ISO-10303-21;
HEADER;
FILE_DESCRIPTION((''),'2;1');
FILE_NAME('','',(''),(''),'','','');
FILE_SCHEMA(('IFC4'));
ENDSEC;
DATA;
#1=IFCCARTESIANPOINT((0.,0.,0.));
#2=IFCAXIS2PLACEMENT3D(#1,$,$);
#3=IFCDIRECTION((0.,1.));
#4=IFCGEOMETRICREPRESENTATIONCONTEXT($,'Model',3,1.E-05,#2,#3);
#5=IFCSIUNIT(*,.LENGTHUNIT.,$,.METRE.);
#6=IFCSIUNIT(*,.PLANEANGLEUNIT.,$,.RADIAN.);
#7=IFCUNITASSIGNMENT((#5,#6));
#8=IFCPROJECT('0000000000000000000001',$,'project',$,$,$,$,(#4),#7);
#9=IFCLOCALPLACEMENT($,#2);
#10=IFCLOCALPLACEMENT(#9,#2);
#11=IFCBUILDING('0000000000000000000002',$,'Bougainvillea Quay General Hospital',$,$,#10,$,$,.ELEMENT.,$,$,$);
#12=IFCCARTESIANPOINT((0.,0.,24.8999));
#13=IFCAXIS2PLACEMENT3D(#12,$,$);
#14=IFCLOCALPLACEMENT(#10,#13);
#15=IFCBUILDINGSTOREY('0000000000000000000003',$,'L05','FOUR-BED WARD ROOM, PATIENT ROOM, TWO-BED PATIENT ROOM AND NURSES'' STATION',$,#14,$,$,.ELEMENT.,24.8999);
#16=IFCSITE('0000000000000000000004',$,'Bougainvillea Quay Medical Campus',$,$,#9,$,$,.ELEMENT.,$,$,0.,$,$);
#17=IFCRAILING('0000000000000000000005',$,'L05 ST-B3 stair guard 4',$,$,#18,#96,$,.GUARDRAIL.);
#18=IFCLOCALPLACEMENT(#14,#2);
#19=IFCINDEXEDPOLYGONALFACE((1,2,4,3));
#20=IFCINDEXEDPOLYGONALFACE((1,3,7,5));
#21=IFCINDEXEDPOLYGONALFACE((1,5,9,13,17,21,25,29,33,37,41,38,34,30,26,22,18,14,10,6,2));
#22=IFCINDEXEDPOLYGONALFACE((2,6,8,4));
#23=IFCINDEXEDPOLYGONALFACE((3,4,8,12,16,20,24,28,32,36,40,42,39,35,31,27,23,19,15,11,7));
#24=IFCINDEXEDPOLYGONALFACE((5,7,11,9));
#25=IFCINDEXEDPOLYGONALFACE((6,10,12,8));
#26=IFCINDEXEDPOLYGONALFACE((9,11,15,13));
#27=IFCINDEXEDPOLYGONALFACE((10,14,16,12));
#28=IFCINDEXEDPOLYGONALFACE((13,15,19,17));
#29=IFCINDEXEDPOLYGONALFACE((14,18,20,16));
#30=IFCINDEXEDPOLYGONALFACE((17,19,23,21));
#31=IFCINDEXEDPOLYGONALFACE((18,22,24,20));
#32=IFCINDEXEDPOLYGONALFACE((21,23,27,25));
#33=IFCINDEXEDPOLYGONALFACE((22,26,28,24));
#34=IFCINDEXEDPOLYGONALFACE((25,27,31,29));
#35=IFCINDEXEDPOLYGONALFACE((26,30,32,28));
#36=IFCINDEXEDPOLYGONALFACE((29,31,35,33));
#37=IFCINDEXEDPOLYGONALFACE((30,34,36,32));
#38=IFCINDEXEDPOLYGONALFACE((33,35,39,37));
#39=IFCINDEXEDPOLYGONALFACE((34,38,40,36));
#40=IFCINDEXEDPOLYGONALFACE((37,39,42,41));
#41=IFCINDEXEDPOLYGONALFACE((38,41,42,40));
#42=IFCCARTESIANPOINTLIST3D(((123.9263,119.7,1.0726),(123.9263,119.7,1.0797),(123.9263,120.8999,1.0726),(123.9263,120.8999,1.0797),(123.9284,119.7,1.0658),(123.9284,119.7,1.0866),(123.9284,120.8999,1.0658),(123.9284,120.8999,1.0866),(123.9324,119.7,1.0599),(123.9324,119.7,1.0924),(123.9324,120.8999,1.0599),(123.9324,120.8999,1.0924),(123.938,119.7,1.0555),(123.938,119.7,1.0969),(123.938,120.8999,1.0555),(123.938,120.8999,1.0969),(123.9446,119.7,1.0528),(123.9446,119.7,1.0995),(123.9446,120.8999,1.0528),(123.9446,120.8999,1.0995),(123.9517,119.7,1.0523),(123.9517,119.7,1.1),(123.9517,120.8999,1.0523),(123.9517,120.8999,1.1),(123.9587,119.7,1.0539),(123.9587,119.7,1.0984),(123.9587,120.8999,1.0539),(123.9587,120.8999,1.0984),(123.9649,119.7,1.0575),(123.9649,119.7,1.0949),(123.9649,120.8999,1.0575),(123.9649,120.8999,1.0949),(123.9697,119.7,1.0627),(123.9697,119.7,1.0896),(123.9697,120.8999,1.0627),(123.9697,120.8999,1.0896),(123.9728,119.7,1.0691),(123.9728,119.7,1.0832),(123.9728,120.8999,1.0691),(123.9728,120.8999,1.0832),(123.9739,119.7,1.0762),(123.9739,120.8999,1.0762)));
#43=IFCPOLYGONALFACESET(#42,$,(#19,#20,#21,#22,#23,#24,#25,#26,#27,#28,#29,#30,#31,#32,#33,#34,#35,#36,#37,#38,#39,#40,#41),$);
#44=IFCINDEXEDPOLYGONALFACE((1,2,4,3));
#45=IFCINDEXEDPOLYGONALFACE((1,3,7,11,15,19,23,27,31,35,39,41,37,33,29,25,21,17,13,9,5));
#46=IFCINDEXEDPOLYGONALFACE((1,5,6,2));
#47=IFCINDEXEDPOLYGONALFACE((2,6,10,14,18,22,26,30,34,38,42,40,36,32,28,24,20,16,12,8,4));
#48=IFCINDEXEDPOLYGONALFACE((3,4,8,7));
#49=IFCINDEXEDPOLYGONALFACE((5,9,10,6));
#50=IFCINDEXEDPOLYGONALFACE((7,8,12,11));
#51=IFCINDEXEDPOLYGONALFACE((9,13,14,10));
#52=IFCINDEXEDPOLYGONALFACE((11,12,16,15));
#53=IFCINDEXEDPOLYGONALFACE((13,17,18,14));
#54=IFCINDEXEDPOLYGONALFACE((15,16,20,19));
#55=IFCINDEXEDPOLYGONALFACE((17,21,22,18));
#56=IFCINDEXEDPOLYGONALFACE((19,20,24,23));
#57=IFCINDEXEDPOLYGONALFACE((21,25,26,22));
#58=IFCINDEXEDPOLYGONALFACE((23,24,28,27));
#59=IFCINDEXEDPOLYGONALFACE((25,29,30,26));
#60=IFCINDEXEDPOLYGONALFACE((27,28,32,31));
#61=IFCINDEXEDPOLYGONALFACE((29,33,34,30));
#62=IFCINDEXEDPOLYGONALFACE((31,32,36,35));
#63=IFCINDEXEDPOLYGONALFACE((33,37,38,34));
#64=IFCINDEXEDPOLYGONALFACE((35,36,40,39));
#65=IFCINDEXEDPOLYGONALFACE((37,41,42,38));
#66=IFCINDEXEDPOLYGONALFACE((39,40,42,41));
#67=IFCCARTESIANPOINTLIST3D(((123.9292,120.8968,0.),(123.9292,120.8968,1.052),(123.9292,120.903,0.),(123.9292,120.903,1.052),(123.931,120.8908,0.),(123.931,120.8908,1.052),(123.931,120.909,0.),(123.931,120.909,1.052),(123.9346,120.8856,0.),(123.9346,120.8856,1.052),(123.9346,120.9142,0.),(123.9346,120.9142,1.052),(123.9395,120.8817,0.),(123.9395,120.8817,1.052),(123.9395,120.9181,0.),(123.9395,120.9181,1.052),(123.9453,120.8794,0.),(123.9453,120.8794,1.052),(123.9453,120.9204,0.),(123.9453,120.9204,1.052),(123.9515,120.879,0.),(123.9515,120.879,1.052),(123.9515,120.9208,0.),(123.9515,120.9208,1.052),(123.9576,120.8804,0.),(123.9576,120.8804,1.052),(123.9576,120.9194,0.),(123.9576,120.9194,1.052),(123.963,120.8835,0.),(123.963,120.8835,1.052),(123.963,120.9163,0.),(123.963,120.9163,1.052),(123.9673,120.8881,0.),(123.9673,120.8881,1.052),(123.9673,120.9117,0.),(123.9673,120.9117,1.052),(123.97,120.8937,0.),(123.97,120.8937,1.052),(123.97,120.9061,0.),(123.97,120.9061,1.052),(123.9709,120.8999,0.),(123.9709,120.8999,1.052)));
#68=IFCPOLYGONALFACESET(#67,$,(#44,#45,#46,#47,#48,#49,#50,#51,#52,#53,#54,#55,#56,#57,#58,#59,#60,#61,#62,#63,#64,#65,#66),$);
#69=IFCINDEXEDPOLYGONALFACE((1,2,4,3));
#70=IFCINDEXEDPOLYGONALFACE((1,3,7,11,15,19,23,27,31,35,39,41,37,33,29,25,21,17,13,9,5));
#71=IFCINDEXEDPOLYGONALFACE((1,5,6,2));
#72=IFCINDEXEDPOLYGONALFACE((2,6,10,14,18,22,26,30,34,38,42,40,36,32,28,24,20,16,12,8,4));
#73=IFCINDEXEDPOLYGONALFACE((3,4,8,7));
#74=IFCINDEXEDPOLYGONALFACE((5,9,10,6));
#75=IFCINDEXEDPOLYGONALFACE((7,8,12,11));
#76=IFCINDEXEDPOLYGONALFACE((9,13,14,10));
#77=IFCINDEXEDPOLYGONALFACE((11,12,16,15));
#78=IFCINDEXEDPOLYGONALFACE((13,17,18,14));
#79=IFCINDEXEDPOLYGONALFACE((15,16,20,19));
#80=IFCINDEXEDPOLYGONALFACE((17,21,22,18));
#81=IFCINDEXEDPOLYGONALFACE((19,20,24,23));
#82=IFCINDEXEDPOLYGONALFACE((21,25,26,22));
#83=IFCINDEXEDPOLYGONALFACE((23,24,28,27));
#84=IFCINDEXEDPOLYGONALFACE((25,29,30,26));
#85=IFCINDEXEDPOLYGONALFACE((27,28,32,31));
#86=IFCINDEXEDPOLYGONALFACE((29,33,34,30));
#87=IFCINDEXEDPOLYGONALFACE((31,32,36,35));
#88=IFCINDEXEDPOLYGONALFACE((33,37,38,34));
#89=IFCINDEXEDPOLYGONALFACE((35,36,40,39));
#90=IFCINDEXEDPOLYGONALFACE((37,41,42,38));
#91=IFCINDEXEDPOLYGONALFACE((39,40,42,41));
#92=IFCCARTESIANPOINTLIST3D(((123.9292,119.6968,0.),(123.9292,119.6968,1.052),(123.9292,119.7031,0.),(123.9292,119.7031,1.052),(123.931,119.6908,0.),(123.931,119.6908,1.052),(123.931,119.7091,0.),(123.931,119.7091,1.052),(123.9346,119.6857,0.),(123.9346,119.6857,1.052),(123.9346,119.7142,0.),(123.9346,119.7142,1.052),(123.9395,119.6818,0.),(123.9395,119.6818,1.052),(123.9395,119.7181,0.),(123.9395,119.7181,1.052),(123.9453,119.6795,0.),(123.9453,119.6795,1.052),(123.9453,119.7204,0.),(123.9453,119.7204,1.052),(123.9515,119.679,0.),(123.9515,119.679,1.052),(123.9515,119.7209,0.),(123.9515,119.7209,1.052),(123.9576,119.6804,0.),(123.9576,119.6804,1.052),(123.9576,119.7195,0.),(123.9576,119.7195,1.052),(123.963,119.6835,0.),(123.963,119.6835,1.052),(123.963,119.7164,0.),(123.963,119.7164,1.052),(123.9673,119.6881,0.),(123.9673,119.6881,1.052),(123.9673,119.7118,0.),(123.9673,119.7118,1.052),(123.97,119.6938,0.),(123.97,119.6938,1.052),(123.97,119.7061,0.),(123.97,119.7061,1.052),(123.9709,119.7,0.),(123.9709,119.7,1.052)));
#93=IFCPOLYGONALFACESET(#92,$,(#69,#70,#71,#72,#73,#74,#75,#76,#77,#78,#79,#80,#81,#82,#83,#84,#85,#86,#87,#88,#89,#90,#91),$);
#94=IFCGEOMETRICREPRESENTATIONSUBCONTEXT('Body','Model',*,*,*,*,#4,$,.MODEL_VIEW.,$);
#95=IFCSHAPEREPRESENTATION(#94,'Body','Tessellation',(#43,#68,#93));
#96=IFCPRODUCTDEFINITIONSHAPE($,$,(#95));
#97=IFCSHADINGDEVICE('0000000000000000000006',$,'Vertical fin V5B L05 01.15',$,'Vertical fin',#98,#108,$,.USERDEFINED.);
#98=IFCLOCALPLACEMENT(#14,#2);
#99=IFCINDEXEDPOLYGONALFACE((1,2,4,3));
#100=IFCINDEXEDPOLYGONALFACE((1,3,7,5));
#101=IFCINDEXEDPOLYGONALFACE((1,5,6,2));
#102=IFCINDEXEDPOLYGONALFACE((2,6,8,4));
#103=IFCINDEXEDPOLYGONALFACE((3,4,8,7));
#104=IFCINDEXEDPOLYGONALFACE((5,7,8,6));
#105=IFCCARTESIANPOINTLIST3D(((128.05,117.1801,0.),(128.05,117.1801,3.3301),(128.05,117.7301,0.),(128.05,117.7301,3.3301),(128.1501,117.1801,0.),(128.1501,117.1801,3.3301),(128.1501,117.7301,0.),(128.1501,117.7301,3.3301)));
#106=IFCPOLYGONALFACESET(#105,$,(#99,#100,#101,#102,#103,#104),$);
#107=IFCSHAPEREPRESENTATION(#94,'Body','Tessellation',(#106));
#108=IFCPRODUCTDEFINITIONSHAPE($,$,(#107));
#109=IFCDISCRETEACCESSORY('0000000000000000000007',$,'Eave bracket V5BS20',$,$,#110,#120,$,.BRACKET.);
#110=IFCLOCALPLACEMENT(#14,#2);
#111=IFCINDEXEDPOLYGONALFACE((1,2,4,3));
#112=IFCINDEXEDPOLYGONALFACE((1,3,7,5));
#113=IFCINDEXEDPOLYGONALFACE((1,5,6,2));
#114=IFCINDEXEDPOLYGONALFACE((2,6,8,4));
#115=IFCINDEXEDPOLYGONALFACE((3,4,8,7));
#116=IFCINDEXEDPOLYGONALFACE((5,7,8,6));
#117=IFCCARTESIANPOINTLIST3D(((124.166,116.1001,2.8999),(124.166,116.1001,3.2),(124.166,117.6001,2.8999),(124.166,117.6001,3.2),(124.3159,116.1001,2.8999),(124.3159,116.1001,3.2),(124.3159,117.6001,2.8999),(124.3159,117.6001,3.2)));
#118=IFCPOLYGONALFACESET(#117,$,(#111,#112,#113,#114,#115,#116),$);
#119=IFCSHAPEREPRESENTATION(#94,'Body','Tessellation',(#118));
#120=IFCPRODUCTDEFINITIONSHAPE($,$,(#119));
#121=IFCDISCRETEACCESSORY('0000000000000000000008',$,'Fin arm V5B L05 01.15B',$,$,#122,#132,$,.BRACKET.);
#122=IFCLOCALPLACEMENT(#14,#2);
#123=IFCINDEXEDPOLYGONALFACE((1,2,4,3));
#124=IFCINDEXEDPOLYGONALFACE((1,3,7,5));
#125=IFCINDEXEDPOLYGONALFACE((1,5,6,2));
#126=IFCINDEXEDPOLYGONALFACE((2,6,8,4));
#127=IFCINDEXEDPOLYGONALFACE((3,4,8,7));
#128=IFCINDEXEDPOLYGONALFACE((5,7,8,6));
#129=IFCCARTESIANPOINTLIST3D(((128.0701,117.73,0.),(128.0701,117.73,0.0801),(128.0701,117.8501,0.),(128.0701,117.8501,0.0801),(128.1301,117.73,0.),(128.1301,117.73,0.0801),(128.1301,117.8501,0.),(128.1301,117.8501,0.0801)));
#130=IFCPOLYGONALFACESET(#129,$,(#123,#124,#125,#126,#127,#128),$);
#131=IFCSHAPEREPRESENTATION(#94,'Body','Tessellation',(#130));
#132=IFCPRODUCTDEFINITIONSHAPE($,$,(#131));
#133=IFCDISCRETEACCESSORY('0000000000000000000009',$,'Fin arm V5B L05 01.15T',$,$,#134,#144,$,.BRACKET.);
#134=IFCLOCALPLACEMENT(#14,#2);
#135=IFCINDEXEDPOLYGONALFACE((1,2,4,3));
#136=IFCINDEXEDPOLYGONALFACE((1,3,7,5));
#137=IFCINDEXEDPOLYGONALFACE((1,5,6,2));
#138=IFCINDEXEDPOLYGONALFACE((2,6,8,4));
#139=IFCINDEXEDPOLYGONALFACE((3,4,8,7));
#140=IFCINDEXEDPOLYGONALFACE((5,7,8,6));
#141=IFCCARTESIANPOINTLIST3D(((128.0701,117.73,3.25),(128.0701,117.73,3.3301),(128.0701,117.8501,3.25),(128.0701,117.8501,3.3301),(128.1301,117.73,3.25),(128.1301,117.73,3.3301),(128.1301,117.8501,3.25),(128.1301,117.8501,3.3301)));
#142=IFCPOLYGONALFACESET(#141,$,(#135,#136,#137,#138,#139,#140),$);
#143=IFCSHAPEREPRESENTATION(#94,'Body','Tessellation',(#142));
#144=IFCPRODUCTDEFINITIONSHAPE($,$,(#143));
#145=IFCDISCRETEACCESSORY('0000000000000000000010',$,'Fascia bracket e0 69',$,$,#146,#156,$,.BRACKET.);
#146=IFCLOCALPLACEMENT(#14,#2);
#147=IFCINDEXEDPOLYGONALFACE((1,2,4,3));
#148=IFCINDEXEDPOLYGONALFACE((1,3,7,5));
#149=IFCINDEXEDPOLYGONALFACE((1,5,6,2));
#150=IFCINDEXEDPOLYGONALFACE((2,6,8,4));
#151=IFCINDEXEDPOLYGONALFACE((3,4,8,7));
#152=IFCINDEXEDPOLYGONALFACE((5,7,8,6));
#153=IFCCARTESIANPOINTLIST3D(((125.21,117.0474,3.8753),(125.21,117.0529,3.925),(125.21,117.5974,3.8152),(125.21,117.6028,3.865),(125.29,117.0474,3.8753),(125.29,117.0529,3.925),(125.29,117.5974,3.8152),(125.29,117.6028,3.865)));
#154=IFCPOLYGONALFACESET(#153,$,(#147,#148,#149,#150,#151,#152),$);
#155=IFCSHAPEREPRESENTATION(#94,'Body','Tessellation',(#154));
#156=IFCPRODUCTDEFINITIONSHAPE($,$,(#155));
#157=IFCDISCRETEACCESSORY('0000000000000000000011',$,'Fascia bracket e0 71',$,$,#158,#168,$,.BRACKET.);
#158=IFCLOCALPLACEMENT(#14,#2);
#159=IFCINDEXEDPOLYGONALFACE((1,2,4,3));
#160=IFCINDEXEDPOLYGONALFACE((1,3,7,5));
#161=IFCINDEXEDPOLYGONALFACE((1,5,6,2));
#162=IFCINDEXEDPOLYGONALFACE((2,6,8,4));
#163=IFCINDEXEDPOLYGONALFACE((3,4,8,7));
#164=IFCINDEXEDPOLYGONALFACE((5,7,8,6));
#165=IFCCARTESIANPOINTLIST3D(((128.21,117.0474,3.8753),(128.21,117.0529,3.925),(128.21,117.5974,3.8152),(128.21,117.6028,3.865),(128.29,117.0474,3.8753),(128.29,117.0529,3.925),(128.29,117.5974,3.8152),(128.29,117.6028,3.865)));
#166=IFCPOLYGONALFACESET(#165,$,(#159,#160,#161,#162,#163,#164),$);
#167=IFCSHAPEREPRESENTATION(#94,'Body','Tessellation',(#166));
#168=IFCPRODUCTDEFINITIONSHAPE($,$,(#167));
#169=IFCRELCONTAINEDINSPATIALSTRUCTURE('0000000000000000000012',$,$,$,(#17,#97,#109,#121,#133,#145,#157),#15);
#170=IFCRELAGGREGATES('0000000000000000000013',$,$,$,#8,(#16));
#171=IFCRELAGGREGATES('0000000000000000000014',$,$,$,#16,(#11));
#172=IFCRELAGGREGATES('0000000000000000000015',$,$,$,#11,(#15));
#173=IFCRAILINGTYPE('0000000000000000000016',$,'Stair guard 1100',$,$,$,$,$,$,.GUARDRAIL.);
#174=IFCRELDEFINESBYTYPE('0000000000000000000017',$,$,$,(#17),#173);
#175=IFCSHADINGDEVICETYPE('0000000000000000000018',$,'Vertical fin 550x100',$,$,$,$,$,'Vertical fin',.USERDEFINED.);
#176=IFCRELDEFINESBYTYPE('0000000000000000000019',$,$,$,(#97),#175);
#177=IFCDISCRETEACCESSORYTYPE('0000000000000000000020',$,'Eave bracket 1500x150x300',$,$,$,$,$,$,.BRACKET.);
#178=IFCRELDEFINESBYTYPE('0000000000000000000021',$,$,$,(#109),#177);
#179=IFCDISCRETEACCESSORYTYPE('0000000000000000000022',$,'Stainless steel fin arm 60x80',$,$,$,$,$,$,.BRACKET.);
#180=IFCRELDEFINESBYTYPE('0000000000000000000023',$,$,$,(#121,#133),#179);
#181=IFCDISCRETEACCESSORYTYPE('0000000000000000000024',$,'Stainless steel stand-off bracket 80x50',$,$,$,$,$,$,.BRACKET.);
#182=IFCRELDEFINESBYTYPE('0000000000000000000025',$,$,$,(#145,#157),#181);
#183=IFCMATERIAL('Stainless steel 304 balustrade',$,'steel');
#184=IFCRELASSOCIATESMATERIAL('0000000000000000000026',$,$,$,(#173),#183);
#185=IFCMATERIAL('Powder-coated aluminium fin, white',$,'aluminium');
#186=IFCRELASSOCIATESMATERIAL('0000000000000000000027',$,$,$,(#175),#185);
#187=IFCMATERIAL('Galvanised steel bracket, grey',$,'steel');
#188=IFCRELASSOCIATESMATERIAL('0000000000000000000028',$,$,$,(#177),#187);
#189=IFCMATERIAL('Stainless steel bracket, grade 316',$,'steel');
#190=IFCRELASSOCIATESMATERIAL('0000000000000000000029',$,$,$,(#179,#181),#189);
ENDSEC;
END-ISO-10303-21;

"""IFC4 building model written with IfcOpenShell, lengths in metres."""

from ifc_helpers import new_model, si_unit, direction, frame, origin, origin_2d, place, context, subcontext, project, spatial, rectangle, circle, extrude, material, material_profile, profile_set, type_object, element, save


model = new_model("IFC4")

# Units and contexts
model_context = context("Model", 3, precision=1e-05, world=origin(), true_north=direction((0.0, 1.0)))
body_context = subcontext(model_context, "Body", "Model", "MODEL_VIEW")
ifc_project = project(units=[si_unit("LENGTHUNIT", "METRE"), si_unit("PLANEANGLEUNIT", "RADIAN")], contexts=[model_context])

# Site, building, storey
site_placement = place(None, origin())
site = spatial("IfcSite", under=ifc_project, at=site_placement, Name="Bougainvillea Quay Medical Campus", CompositionType="ELEMENT", RefElevation=0.0)
building_placement = place(site_placement, origin())
building = spatial("IfcBuilding", under=site, at=building_placement, Name="Bougainvillea Quay General Hospital", CompositionType="ELEMENT")
storey_placement = place(building_placement, frame((0.0, 0.0, 24.8999)))
storey = spatial("IfcBuildingStorey", under=building, at=storey_placement, Name="L05", Description="FOUR-BED WARD ROOM, PATIENT ROOM, TWO-BED PATIENT ROOM AND NURSES' STATION", CompositionType="ELEMENT", Elevation=24.8999)

# Railing
ifc_material_1 = material(Name="Stainless steel 304 balustrade", Category="steel")
railing_type = type_object("IfcRailingType", Name="Stair guard 1100", PredefinedType="GUARDRAIL", material=ifc_material_1)
railing_1_placement = place(storey_placement, frame((123.95, 120.8999, 0.0)))
element("IfcRailing", 1, at=railing_1_placement, inside=storey, type_object=railing_type, Name="L05 ST-B3 stair guard 4", PredefinedType="GUARDRAIL", context=body_context, shape_type="SweptSolid", body=[
    extrude(circle(Radius=0.0239, at=origin_2d()), frame((0.0, 0.0, 1.0762), z_axis=(0.0, -1.0, 0.0), x_axis=(1.0, 0.0, 0.0)), (0.0, 0.0, 1.0), 1.2),
    extrude(circle(Radius=0.021, at=origin_2d()), origin(), (0.0, 0.0, 1.0), 1.052),
    extrude(circle(Radius=0.021, at=origin_2d()), frame((0.0, -1.2, 0.0)), (0.0, 0.0, 1.0), 1.052),
])

# Shading device
ifc_material_2 = material(Name="Powder-coated aluminium fin, white", Category="aluminium")
ifc_material_profile_1 = material_profile(ifc_material_2, rectangle(XDim=0.55, YDim=0.1001, at=origin_2d()))
ifc_profile_set_1 = profile_set([ifc_material_profile_1], Name="Powder-coated aluminium fin, white")
shading_device_type = type_object("IfcShadingDeviceType", Name="Vertical fin 550x100", ElementType="Vertical fin", PredefinedType="USERDEFINED", material=ifc_profile_set_1)
shading_device_placement = place(storey_placement, frame((128.1001, 117.4551, 0.0), z_axis=(0.0, 0.0, 1.0), x_axis=(0.0, -1.0, 0.0)))
element("IfcShadingDevice", 2, at=shading_device_placement, inside=storey, type_object=shading_device_type, Name="Vertical fin V5B L05 01.15", ObjectType="Vertical fin", PredefinedType="USERDEFINED", context=body_context, shape_type="SweptSolid", body=[
    extrude(rectangle(XDim=0.55, YDim=0.1001, at=origin_2d()), origin(), (0.0, 0.0, 1.0), 3.3301),
])

# Discrete accessories
ifc_material_3 = material(Name="Galvanised steel bracket, grey", Category="steel")
discrete_accessory_type_1 = type_object("IfcDiscreteAccessoryType", Name="Eave bracket 1500x150x300", PredefinedType="BRACKET", material=ifc_material_3)
discrete_accessory_placement = place(storey_placement, frame((124.241, 116.8501, 2.8999), z_axis=(0.0, 0.0, 1.0), x_axis=(1.0, 0.0, 0.0)))
element("IfcDiscreteAccessory", 3, at=discrete_accessory_placement, inside=storey, type_object=discrete_accessory_type_1, Name="Eave bracket V5BS20", PredefinedType="BRACKET", context=body_context, shape_type="SweptSolid", body=[
    extrude(rectangle(XDim=0.1499, YDim=1.5, at=origin_2d()), origin(), (0.0, 0.0, 1.0), 0.3),
])
ifc_material_4 = material(Name="Stainless steel bracket, grade 316", Category="steel")
discrete_accessory_type_2 = type_object("IfcDiscreteAccessoryType", Name="Stainless steel fin arm 60x80", PredefinedType="BRACKET", material=ifc_material_4)
for number, where, z_axis, x_axis, name in (
    (4, (128.1001, 117.79, 0.0), (0.0, 0.0, 1.0), (0.0, -1.0, 0.0), "Fin arm V5B L05 01.15B"),
    (5, (128.1001, 117.79, 3.25), (0.0, 0.0, 1.0), (0.0, -1.0, 0.0), "Fin arm V5B L05 01.15T"),
):
    element("IfcDiscreteAccessory", number, at=place(storey_placement, frame(where, z_axis=z_axis, x_axis=x_axis)), inside=storey, type_object=discrete_accessory_type_2, Name=name, PredefinedType="BRACKET", context=body_context, shape_type="SweptSolid", body=[
        extrude(rectangle(XDim=0.1201, YDim=0.0601, at=origin_2d()), origin(), (0.0, 0.0, 1.0), 0.0801),
    ])
ifc_material_profile_2 = material_profile(ifc_material_4, rectangle(XDim=0.0801, YDim=0.05, at=origin_2d()))
ifc_profile_set_2 = profile_set([ifc_material_profile_2], Name="Stainless steel bracket, grade 316")
discrete_accessory_type_3 = type_object("IfcDiscreteAccessoryType", Name="Stainless steel stand-off bracket 80x50", PredefinedType="BRACKET", material=ifc_profile_set_2)
for number, where, z_axis, x_axis, name in (
    (6, (125.25, 117.6001, 3.8401), (0.0, -0.994092, 0.108543), (1.0, 0.0, 0.0), "Fascia bracket e0 69"),
    (7, (128.25, 117.6001, 3.8401), (0.0, -0.994092, 0.108543), (1.0, 0.0, 0.0), "Fascia bracket e0 71"),
):
    element("IfcDiscreteAccessory", number, at=place(storey_placement, frame(where, z_axis=z_axis, x_axis=x_axis)), inside=storey, type_object=discrete_accessory_type_3, Name=name, PredefinedType="BRACKET", context=body_context, shape_type="SweptSolid", body=[
        extrude(rectangle(XDim=0.0801, YDim=0.05, at=origin_2d()), origin(), (0.0, 0.0, 1.0), 0.5532),
    ])

save(model, "model.ifc")
